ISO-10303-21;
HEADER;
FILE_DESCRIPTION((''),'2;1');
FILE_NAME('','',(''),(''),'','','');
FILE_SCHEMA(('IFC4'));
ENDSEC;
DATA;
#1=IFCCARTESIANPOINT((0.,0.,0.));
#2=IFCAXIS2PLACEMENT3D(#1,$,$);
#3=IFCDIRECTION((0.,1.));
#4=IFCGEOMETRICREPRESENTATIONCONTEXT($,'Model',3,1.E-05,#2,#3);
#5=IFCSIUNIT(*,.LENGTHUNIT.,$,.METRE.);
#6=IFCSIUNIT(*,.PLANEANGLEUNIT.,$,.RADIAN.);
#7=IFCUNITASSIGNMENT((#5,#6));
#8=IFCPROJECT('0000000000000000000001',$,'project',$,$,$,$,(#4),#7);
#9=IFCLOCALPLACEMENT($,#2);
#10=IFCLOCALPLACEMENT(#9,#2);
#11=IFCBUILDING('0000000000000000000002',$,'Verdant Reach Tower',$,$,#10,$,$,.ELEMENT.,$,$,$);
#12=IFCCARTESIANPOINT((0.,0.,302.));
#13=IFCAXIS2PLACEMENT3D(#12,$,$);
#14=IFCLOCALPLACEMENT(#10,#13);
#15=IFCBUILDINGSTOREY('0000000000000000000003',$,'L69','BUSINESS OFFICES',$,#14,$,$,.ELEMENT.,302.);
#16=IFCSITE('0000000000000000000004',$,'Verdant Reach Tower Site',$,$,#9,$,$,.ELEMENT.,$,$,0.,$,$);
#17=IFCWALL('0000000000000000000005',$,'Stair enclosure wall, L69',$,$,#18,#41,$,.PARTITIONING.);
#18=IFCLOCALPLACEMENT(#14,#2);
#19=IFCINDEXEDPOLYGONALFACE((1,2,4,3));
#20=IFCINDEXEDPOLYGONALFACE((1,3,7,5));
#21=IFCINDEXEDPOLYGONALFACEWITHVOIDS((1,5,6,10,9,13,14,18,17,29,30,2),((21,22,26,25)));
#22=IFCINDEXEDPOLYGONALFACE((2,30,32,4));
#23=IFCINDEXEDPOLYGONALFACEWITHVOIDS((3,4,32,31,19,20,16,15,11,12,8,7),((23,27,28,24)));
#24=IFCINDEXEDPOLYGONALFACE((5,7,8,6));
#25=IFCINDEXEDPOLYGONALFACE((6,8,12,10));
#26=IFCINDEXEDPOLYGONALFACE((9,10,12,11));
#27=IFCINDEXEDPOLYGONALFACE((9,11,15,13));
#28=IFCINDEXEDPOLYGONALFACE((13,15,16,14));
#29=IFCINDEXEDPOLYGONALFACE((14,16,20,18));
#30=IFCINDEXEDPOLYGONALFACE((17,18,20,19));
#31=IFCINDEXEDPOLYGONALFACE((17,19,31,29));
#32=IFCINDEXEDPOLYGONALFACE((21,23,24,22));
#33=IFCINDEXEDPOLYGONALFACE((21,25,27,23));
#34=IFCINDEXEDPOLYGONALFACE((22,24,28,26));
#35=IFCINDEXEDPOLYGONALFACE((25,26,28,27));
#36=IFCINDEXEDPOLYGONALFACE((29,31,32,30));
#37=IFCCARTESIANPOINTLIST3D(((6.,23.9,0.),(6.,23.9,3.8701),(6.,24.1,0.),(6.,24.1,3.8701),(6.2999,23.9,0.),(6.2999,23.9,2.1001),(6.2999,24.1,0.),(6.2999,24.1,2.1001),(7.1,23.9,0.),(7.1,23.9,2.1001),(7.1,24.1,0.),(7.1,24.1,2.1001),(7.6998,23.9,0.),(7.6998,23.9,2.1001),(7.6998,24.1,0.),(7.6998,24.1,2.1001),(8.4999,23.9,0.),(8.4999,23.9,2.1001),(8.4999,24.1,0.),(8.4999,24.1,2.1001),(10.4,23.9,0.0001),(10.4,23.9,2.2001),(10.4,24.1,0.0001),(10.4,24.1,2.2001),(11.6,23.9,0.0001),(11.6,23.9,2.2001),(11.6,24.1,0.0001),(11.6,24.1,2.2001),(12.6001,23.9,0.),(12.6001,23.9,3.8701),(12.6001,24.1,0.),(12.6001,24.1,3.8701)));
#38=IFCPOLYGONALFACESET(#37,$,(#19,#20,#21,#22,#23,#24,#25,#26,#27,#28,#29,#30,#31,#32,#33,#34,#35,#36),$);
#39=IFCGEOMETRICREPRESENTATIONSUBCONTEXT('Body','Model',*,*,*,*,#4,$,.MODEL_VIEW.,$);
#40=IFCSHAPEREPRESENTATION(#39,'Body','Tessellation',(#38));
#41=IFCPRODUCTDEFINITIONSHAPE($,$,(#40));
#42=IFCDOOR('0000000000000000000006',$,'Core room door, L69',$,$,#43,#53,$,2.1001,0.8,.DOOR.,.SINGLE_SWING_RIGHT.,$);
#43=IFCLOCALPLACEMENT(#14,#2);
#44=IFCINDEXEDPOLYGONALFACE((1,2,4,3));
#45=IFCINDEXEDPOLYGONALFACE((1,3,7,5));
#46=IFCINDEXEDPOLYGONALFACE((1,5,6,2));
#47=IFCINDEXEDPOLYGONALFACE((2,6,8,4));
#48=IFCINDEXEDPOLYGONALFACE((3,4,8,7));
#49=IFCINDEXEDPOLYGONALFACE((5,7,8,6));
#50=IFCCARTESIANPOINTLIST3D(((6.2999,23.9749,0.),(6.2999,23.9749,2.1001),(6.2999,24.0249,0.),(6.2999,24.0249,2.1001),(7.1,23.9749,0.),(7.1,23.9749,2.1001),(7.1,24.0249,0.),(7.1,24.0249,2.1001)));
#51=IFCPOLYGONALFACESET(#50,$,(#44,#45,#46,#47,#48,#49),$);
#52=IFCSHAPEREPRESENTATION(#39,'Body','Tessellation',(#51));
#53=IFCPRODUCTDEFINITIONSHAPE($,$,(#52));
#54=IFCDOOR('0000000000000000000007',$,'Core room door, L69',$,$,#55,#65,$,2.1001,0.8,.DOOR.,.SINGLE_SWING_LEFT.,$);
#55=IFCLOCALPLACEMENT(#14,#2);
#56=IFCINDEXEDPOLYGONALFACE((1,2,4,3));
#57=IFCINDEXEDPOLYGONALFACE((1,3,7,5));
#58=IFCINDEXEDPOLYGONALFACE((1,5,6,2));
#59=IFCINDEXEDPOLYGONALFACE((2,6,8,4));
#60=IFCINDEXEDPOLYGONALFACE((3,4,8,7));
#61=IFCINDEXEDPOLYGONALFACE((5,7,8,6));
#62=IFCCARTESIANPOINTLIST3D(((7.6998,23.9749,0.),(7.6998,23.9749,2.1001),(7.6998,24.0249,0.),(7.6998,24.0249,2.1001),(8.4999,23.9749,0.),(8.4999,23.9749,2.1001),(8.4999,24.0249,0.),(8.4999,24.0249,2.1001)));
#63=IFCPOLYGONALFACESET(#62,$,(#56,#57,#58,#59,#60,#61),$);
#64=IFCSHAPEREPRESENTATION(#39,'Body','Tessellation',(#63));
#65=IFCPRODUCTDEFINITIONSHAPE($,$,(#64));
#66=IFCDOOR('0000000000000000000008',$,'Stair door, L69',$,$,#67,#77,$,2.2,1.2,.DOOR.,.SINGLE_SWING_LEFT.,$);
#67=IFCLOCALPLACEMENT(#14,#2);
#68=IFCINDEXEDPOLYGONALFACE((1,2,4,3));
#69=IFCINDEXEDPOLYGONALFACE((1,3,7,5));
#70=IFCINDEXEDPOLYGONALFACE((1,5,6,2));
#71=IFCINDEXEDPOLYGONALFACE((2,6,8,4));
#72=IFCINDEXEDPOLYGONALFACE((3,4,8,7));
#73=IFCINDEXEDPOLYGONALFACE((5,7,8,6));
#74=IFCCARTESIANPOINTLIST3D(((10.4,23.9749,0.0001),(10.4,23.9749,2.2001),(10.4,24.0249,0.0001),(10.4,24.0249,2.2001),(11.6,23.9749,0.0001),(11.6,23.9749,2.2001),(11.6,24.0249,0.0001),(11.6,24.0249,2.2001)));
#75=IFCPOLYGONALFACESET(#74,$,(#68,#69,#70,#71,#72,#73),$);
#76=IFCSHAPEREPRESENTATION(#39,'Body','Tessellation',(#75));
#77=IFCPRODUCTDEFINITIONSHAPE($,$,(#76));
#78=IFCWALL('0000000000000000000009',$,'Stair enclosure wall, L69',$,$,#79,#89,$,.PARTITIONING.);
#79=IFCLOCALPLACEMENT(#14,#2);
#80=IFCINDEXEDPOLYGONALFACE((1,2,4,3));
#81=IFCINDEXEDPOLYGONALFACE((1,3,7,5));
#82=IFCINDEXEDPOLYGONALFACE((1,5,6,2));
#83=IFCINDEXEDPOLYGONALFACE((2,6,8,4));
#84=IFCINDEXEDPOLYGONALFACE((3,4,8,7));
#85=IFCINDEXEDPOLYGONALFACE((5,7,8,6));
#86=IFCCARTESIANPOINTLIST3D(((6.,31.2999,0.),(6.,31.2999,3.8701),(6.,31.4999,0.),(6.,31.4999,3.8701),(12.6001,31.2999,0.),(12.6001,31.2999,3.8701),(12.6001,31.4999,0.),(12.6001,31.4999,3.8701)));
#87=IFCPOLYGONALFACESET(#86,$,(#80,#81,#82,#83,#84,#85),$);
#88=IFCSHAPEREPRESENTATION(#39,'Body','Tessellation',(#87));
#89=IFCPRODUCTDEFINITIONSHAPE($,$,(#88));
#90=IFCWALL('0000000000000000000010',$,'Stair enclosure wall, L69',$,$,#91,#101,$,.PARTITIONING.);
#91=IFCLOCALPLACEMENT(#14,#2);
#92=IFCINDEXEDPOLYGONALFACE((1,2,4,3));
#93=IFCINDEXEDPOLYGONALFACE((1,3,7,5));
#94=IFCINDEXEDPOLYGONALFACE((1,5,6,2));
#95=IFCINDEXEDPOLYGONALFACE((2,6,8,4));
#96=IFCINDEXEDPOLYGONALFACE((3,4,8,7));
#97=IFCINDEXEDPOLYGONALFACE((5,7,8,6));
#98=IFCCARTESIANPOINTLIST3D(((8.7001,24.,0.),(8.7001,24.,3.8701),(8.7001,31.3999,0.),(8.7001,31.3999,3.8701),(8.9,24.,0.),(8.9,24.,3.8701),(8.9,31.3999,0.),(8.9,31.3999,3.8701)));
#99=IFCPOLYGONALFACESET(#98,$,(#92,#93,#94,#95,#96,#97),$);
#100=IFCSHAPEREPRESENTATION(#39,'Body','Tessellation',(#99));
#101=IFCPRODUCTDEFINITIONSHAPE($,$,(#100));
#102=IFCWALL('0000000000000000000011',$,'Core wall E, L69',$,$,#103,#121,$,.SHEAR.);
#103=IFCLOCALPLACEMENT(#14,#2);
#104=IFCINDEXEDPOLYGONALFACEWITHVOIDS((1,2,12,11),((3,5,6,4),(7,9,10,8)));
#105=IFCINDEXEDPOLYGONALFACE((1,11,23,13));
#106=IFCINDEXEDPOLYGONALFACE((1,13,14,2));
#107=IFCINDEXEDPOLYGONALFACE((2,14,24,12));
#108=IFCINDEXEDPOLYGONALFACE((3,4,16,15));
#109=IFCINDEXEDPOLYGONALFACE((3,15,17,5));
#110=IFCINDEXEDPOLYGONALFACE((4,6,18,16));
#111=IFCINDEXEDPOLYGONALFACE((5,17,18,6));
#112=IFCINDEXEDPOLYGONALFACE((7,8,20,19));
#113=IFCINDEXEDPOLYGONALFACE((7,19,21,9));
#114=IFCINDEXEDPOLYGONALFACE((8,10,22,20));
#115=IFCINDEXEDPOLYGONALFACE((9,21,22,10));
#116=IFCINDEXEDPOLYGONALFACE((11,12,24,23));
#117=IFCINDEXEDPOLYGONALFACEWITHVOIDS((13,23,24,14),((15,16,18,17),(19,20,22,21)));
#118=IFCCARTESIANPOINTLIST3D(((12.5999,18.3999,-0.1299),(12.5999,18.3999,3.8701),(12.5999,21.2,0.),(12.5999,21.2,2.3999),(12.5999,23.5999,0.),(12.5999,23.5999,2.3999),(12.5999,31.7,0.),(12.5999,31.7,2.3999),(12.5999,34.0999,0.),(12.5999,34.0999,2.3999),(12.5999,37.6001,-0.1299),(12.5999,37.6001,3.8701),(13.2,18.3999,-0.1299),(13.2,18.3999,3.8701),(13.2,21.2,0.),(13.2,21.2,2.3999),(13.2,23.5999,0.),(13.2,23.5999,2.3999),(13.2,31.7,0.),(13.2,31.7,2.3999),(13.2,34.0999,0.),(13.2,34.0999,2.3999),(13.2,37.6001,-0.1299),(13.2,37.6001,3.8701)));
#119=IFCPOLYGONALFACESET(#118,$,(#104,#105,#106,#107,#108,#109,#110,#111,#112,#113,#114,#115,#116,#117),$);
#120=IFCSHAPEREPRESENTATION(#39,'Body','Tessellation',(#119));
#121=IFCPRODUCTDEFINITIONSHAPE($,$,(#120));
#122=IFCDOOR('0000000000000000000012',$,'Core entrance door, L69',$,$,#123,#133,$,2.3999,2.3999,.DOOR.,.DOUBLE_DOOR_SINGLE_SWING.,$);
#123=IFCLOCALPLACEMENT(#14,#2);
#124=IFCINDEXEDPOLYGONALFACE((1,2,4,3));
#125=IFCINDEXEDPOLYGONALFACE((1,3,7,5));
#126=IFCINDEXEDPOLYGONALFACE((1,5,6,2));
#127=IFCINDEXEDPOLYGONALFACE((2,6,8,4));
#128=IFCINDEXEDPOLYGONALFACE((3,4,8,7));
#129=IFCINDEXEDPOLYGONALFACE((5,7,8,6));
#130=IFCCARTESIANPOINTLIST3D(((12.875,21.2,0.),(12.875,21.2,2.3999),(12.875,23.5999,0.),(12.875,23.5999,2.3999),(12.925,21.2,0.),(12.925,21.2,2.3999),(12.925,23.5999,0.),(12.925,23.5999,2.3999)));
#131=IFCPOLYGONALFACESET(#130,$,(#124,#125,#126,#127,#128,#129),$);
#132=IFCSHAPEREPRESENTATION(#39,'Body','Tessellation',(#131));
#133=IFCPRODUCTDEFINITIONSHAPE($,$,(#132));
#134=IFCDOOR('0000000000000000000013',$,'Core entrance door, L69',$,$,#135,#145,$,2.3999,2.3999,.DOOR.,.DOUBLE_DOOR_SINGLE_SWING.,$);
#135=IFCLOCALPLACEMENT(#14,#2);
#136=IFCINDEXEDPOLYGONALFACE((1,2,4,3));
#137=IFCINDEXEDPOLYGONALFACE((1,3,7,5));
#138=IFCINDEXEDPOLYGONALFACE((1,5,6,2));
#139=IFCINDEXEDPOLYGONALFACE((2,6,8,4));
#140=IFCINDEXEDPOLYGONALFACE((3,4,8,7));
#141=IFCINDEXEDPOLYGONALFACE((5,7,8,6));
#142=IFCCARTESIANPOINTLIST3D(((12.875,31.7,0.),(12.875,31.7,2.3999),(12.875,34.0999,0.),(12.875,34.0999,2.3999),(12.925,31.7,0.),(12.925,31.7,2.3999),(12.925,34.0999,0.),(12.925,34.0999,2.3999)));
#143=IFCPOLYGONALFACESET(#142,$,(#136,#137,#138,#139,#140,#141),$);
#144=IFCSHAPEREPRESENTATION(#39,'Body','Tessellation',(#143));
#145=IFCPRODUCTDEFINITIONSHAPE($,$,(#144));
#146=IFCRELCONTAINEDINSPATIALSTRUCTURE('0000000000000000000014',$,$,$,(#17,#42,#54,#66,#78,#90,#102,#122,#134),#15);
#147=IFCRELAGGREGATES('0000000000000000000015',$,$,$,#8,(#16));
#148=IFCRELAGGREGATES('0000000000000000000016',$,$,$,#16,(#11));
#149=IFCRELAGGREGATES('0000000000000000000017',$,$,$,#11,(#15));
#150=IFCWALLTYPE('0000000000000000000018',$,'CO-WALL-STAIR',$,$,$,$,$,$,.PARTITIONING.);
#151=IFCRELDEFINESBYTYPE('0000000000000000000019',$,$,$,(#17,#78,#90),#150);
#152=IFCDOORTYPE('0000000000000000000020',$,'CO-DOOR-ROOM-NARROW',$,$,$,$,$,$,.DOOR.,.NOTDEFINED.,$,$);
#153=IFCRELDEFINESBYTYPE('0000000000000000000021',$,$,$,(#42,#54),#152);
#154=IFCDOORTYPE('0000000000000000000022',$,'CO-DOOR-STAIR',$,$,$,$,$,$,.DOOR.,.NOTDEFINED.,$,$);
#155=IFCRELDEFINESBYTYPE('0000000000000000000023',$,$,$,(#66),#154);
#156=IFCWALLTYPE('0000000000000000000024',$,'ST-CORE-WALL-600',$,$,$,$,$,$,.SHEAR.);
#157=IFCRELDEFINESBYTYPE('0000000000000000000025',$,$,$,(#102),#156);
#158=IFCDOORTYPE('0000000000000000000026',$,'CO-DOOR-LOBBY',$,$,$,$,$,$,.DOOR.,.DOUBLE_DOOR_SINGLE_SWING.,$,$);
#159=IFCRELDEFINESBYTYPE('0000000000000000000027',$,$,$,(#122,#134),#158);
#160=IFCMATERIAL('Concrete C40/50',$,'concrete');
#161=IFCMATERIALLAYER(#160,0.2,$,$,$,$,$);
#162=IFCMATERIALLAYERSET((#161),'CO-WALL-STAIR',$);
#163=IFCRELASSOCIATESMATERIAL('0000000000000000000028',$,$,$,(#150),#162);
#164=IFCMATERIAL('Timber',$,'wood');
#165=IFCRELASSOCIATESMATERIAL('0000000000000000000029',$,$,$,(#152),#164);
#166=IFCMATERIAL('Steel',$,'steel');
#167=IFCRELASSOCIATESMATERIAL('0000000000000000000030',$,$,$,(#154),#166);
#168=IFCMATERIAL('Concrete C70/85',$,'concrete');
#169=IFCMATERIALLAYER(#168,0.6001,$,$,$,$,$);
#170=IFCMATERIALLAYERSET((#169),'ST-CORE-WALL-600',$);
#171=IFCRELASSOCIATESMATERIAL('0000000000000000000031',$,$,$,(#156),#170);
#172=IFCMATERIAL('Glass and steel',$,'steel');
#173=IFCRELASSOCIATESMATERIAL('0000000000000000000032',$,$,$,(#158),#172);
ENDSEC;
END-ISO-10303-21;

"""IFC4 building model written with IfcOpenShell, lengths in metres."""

from ifc_helpers import new_model, si_unit, direction, frame, frame_2d, origin, place, context, subcontext, project, spatial, rectangle, extrude, material, layer, layer_set, type_object, element, fill, save


model = new_model("IFC4")

# Units and contexts
model_context = context("Model", 3, precision=1e-05, world=origin(), true_north=direction((0.0, 1.0)))
body_context = subcontext(model_context, "Body", "Model", "MODEL_VIEW")
ifc_project = project(units=[si_unit("LENGTHUNIT", "METRE"), si_unit("PLANEANGLEUNIT", "RADIAN")], contexts=[model_context])

# Site, building, storey
site_placement = place(None, origin())
site = spatial("IfcSite", under=ifc_project, at=site_placement, Name="Verdant Reach Tower Site", CompositionType="ELEMENT", RefElevation=0.0)
building_placement = place(site_placement, origin())
building = spatial("IfcBuilding", under=site, at=building_placement, Name="Verdant Reach Tower", CompositionType="ELEMENT")
storey_placement = place(building_placement, frame((0.0, 0.0, 302.0)))
storey = spatial("IfcBuildingStorey", under=building, at=storey_placement, Name="L69", Description="BUSINESS OFFICES", CompositionType="ELEMENT", Elevation=302.0)

# Shared definitions
ifc_material_1 = material(Name="Timber", Category="wood")

# Shared definitions
ifc_material_2 = material(Name="Concrete C40/50", Category="concrete")

# Wall, openings, doors
ifc_layer_1 = layer(ifc_material_2, 0.2)
ifc_layer_set_1 = layer_set([ifc_layer_1], Name="CO-WALL-STAIR")
wall_type_1 = type_object("IfcWallType", Name="CO-WALL-STAIR", PredefinedType="PARTITIONING", material=ifc_layer_set_1)
wall_1_placement = place(storey_placement, frame((6.0, 24.0, 0.0), z_axis=(0.0, 0.0, 1.0), x_axis=(1.0, 0.0, 0.0)))
wall_1 = element("IfcWall", 1, at=wall_1_placement, inside=storey, type_object=wall_type_1, Name="Stair enclosure wall, L69", PredefinedType="PARTITIONING", context=body_context, shape_type="SweptSolid", body=[
    extrude(rectangle(XDim=6.6001, YDim=0.2, at=frame_2d((3.3, 0.0))), origin(), (0.0, 0.0, 1.0), 3.8701),
])
opening_1_placement = place(wall_1_placement, frame((0.3, 0.0, 0.0)))
opening_1 = element("IfcOpeningElement", 2, at=opening_1_placement, cuts=wall_1, PredefinedType="OPENING", context=body_context, shape_type="SweptSolid", body=[
    extrude(rectangle(XDim=0.8, YDim=2.1001, at=frame_2d((0.3999, 1.05))), frame((0.0, 0.1099, 0.0), z_axis=(0.0, -1.0, 0.0), x_axis=(1.0, 0.0, 0.0)), (0.0, 0.0, 1.0), 0.22),
])
opening_2_placement = place(wall_1_placement, frame((1.7, 0.0, 0.0)))
opening_2 = element("IfcOpeningElement", 3, at=opening_2_placement, cuts=wall_1, PredefinedType="OPENING", context=body_context, shape_type="SweptSolid", body=[
    extrude(rectangle(XDim=0.8, YDim=2.1001, at=frame_2d((0.3999, 1.05))), frame((0.0, 0.1099, 0.0), z_axis=(0.0, -1.0, 0.0), x_axis=(1.0, 0.0, 0.0)), (0.0, 0.0, 1.0), 0.22),
])
opening_3_placement = place(wall_1_placement, frame((4.3999, 0.0, 0.0)))
opening_3 = element("IfcOpeningElement", 4, at=opening_3_placement, cuts=wall_1, PredefinedType="OPENING", context=body_context, shape_type="SweptSolid", body=[
    extrude(rectangle(XDim=1.2, YDim=2.2, at=frame_2d((0.6001, 1.1001))), frame((0.0, 0.1099, 0.0), z_axis=(0.0, -1.0, 0.0), x_axis=(1.0, 0.0, 0.0)), (0.0, 0.0, 1.0), 0.22),
])
door_type_1 = type_object("IfcDoorType", Name="CO-DOOR-ROOM-NARROW", OperationType="NOTDEFINED", PredefinedType="DOOR", material=ifc_material_1)
door_1_placement = place(opening_1_placement, origin())
door_1 = element("IfcDoor", 5, at=door_1_placement, inside=storey, type_object=door_type_1, Name="Core room door, L69", OperationType="SINGLE_SWING_RIGHT", OverallHeight=2.1001, OverallWidth=0.8, PredefinedType="DOOR", context=body_context, shape_type="SweptSolid", body=[
    extrude(rectangle(XDim=0.8, YDim=2.1001, at=frame_2d((0.3999, 1.05))), frame((0.0, 0.0249, 0.0), z_axis=(0.0, -1.0, 0.0), x_axis=(1.0, 0.0, 0.0)), (0.0, 0.0, 1.0), 0.05),
])
fill(opening_1, door_1)
door_2_placement = place(opening_2_placement, origin())
door_2 = element("IfcDoor", 6, at=door_2_placement, inside=storey, type_object=door_type_1, Name="Core room door, L69", OperationType="SINGLE_SWING_LEFT", OverallHeight=2.1001, OverallWidth=0.8, PredefinedType="DOOR", context=body_context, shape_type="SweptSolid", body=[
    extrude(rectangle(XDim=0.8, YDim=2.1001, at=frame_2d((0.3999, 1.05))), frame((0.0, 0.0249, 0.0), z_axis=(0.0, -1.0, 0.0), x_axis=(1.0, 0.0, 0.0)), (0.0, 0.0, 1.0), 0.05),
])
fill(opening_2, door_2)
ifc_material_3 = material(Name="Steel", Category="steel")
door_type_2 = type_object("IfcDoorType", Name="CO-DOOR-STAIR", OperationType="NOTDEFINED", PredefinedType="DOOR", material=ifc_material_3)
door_3_placement = place(opening_3_placement, origin())
door_3 = element("IfcDoor", 7, at=door_3_placement, inside=storey, type_object=door_type_2, Name="Stair door, L69", OperationType="SINGLE_SWING_LEFT", OverallHeight=2.2, OverallWidth=1.2, PredefinedType="DOOR", context=body_context, shape_type="SweptSolid", body=[
    extrude(rectangle(XDim=1.2, YDim=2.2, at=frame_2d((0.6001, 1.1001))), frame((0.0, 0.0249, 0.0), z_axis=(0.0, -1.0, 0.0), x_axis=(1.0, 0.0, 0.0)), (0.0, 0.0, 1.0), 0.05),
])
fill(opening_3, door_3)

# Walls
wall_2_placement = place(storey_placement, frame((6.0, 31.3999, 0.0), z_axis=(0.0, 0.0, 1.0), x_axis=(1.0, 0.0, 0.0)))
element("IfcWall", 8, at=wall_2_placement, inside=storey, type_object=wall_type_1, Name="Stair enclosure wall, L69", PredefinedType="PARTITIONING", context=body_context, shape_type="SweptSolid", body=[
    extrude(rectangle(XDim=6.6001, YDim=0.2, at=frame_2d((3.3, 0.0))), origin(), (0.0, 0.0, 1.0), 3.8701),
])
wall_3_placement = place(storey_placement, frame((8.8, 24.0, 0.0), z_axis=(0.0, 0.0, 1.0), x_axis=(0.0, 1.0, 0.0)))
element("IfcWall", 9, at=wall_3_placement, inside=storey, type_object=wall_type_1, Name="Stair enclosure wall, L69", PredefinedType="PARTITIONING", context=body_context, shape_type="SweptSolid", body=[
    extrude(rectangle(XDim=7.3999, YDim=0.2, at=frame_2d((3.7, 0.0))), origin(), (0.0, 0.0, 1.0), 3.8701),
])

# Wall, openings, doors
ifc_material_4 = material(Name="Concrete C70/85", Category="concrete")
ifc_layer_2 = layer(ifc_material_4, 0.6001)
ifc_layer_set_2 = layer_set([ifc_layer_2], Name="ST-CORE-WALL-600")
wall_type_2 = type_object("IfcWallType", Name="ST-CORE-WALL-600", PredefinedType="SHEAR", material=ifc_layer_set_2)
wall_4_placement = place(storey_placement, frame((12.8999, 18.3999, -0.1299), z_axis=(0.0, 0.0, 1.0), x_axis=(0.0, 1.0, 0.0)))
wall_4 = element("IfcWall", 10, at=wall_4_placement, inside=storey, type_object=wall_type_2, Name="Core wall E, L69", PredefinedType="SHEAR", context=body_context, shape_type="SweptSolid", body=[
    extrude(rectangle(XDim=19.2002, YDim=0.6001, at=frame_2d((9.6001, 0.0))), origin(), (0.0, 0.0, 1.0), 4.0),
])
opening_4_placement = place(wall_4_placement, frame((2.8, 0.0, 0.1299)))
opening_4 = element("IfcOpeningElement", 11, at=opening_4_placement, cuts=wall_4, PredefinedType="OPENING", context=body_context, shape_type="SweptSolid", body=[
    extrude(rectangle(XDim=2.3999, YDim=2.3999, at=frame_2d((1.2, 1.2))), frame((0.0, 0.3101, 0.0), z_axis=(0.0, -1.0, 0.0), x_axis=(1.0, 0.0, 0.0)), (0.0, 0.0, 1.0), 0.6201),
])
opening_5_placement = place(wall_4_placement, frame((13.3, 0.0, 0.1299)))
opening_5 = element("IfcOpeningElement", 12, at=opening_5_placement, cuts=wall_4, PredefinedType="OPENING", context=body_context, shape_type="SweptSolid", body=[
    extrude(rectangle(XDim=2.3999, YDim=2.3999, at=frame_2d((1.2, 1.2))), frame((0.0, 0.3101, 0.0), z_axis=(0.0, -1.0, 0.0), x_axis=(1.0, 0.0, 0.0)), (0.0, 0.0, 1.0), 0.6201),
])
ifc_material_5 = material(Name="Glass and steel", Category="steel")
door_type_3 = type_object("IfcDoorType", Name="CO-DOOR-LOBBY", OperationType="DOUBLE_DOOR_SINGLE_SWING", PredefinedType="DOOR", material=ifc_material_5)
door_4_placement = place(opening_4_placement, origin())
door_4 = element("IfcDoor", 13, at=door_4_placement, inside=storey, type_object=door_type_3, Name="Core entrance door, L69", OperationType="DOUBLE_DOOR_SINGLE_SWING", OverallHeight=2.3999, OverallWidth=2.3999, PredefinedType="DOOR", context=body_context, shape_type="SweptSolid", body=[
    extrude(rectangle(XDim=2.3999, YDim=2.3999, at=frame_2d((1.2, 1.2))), frame((0.0, 0.0249, 0.0), z_axis=(0.0, -1.0, 0.0), x_axis=(1.0, 0.0, 0.0)), (0.0, 0.0, 1.0), 0.05),
])
fill(opening_4, door_4)
door_5_placement = place(opening_5_placement, origin())
door_5 = element("IfcDoor", 14, at=door_5_placement, inside=storey, type_object=door_type_3, Name="Core entrance door, L69", OperationType="DOUBLE_DOOR_SINGLE_SWING", OverallHeight=2.3999, OverallWidth=2.3999, PredefinedType="DOOR", context=body_context, shape_type="SweptSolid", body=[
    extrude(rectangle(XDim=2.3999, YDim=2.3999, at=frame_2d((1.2, 1.2))), frame((0.0, 0.0249, 0.0), z_axis=(0.0, -1.0, 0.0), x_axis=(1.0, 0.0, 0.0)), (0.0, 0.0, 1.0), 0.05),
])
fill(opening_5, door_5)

save(model, "model.ifc")
